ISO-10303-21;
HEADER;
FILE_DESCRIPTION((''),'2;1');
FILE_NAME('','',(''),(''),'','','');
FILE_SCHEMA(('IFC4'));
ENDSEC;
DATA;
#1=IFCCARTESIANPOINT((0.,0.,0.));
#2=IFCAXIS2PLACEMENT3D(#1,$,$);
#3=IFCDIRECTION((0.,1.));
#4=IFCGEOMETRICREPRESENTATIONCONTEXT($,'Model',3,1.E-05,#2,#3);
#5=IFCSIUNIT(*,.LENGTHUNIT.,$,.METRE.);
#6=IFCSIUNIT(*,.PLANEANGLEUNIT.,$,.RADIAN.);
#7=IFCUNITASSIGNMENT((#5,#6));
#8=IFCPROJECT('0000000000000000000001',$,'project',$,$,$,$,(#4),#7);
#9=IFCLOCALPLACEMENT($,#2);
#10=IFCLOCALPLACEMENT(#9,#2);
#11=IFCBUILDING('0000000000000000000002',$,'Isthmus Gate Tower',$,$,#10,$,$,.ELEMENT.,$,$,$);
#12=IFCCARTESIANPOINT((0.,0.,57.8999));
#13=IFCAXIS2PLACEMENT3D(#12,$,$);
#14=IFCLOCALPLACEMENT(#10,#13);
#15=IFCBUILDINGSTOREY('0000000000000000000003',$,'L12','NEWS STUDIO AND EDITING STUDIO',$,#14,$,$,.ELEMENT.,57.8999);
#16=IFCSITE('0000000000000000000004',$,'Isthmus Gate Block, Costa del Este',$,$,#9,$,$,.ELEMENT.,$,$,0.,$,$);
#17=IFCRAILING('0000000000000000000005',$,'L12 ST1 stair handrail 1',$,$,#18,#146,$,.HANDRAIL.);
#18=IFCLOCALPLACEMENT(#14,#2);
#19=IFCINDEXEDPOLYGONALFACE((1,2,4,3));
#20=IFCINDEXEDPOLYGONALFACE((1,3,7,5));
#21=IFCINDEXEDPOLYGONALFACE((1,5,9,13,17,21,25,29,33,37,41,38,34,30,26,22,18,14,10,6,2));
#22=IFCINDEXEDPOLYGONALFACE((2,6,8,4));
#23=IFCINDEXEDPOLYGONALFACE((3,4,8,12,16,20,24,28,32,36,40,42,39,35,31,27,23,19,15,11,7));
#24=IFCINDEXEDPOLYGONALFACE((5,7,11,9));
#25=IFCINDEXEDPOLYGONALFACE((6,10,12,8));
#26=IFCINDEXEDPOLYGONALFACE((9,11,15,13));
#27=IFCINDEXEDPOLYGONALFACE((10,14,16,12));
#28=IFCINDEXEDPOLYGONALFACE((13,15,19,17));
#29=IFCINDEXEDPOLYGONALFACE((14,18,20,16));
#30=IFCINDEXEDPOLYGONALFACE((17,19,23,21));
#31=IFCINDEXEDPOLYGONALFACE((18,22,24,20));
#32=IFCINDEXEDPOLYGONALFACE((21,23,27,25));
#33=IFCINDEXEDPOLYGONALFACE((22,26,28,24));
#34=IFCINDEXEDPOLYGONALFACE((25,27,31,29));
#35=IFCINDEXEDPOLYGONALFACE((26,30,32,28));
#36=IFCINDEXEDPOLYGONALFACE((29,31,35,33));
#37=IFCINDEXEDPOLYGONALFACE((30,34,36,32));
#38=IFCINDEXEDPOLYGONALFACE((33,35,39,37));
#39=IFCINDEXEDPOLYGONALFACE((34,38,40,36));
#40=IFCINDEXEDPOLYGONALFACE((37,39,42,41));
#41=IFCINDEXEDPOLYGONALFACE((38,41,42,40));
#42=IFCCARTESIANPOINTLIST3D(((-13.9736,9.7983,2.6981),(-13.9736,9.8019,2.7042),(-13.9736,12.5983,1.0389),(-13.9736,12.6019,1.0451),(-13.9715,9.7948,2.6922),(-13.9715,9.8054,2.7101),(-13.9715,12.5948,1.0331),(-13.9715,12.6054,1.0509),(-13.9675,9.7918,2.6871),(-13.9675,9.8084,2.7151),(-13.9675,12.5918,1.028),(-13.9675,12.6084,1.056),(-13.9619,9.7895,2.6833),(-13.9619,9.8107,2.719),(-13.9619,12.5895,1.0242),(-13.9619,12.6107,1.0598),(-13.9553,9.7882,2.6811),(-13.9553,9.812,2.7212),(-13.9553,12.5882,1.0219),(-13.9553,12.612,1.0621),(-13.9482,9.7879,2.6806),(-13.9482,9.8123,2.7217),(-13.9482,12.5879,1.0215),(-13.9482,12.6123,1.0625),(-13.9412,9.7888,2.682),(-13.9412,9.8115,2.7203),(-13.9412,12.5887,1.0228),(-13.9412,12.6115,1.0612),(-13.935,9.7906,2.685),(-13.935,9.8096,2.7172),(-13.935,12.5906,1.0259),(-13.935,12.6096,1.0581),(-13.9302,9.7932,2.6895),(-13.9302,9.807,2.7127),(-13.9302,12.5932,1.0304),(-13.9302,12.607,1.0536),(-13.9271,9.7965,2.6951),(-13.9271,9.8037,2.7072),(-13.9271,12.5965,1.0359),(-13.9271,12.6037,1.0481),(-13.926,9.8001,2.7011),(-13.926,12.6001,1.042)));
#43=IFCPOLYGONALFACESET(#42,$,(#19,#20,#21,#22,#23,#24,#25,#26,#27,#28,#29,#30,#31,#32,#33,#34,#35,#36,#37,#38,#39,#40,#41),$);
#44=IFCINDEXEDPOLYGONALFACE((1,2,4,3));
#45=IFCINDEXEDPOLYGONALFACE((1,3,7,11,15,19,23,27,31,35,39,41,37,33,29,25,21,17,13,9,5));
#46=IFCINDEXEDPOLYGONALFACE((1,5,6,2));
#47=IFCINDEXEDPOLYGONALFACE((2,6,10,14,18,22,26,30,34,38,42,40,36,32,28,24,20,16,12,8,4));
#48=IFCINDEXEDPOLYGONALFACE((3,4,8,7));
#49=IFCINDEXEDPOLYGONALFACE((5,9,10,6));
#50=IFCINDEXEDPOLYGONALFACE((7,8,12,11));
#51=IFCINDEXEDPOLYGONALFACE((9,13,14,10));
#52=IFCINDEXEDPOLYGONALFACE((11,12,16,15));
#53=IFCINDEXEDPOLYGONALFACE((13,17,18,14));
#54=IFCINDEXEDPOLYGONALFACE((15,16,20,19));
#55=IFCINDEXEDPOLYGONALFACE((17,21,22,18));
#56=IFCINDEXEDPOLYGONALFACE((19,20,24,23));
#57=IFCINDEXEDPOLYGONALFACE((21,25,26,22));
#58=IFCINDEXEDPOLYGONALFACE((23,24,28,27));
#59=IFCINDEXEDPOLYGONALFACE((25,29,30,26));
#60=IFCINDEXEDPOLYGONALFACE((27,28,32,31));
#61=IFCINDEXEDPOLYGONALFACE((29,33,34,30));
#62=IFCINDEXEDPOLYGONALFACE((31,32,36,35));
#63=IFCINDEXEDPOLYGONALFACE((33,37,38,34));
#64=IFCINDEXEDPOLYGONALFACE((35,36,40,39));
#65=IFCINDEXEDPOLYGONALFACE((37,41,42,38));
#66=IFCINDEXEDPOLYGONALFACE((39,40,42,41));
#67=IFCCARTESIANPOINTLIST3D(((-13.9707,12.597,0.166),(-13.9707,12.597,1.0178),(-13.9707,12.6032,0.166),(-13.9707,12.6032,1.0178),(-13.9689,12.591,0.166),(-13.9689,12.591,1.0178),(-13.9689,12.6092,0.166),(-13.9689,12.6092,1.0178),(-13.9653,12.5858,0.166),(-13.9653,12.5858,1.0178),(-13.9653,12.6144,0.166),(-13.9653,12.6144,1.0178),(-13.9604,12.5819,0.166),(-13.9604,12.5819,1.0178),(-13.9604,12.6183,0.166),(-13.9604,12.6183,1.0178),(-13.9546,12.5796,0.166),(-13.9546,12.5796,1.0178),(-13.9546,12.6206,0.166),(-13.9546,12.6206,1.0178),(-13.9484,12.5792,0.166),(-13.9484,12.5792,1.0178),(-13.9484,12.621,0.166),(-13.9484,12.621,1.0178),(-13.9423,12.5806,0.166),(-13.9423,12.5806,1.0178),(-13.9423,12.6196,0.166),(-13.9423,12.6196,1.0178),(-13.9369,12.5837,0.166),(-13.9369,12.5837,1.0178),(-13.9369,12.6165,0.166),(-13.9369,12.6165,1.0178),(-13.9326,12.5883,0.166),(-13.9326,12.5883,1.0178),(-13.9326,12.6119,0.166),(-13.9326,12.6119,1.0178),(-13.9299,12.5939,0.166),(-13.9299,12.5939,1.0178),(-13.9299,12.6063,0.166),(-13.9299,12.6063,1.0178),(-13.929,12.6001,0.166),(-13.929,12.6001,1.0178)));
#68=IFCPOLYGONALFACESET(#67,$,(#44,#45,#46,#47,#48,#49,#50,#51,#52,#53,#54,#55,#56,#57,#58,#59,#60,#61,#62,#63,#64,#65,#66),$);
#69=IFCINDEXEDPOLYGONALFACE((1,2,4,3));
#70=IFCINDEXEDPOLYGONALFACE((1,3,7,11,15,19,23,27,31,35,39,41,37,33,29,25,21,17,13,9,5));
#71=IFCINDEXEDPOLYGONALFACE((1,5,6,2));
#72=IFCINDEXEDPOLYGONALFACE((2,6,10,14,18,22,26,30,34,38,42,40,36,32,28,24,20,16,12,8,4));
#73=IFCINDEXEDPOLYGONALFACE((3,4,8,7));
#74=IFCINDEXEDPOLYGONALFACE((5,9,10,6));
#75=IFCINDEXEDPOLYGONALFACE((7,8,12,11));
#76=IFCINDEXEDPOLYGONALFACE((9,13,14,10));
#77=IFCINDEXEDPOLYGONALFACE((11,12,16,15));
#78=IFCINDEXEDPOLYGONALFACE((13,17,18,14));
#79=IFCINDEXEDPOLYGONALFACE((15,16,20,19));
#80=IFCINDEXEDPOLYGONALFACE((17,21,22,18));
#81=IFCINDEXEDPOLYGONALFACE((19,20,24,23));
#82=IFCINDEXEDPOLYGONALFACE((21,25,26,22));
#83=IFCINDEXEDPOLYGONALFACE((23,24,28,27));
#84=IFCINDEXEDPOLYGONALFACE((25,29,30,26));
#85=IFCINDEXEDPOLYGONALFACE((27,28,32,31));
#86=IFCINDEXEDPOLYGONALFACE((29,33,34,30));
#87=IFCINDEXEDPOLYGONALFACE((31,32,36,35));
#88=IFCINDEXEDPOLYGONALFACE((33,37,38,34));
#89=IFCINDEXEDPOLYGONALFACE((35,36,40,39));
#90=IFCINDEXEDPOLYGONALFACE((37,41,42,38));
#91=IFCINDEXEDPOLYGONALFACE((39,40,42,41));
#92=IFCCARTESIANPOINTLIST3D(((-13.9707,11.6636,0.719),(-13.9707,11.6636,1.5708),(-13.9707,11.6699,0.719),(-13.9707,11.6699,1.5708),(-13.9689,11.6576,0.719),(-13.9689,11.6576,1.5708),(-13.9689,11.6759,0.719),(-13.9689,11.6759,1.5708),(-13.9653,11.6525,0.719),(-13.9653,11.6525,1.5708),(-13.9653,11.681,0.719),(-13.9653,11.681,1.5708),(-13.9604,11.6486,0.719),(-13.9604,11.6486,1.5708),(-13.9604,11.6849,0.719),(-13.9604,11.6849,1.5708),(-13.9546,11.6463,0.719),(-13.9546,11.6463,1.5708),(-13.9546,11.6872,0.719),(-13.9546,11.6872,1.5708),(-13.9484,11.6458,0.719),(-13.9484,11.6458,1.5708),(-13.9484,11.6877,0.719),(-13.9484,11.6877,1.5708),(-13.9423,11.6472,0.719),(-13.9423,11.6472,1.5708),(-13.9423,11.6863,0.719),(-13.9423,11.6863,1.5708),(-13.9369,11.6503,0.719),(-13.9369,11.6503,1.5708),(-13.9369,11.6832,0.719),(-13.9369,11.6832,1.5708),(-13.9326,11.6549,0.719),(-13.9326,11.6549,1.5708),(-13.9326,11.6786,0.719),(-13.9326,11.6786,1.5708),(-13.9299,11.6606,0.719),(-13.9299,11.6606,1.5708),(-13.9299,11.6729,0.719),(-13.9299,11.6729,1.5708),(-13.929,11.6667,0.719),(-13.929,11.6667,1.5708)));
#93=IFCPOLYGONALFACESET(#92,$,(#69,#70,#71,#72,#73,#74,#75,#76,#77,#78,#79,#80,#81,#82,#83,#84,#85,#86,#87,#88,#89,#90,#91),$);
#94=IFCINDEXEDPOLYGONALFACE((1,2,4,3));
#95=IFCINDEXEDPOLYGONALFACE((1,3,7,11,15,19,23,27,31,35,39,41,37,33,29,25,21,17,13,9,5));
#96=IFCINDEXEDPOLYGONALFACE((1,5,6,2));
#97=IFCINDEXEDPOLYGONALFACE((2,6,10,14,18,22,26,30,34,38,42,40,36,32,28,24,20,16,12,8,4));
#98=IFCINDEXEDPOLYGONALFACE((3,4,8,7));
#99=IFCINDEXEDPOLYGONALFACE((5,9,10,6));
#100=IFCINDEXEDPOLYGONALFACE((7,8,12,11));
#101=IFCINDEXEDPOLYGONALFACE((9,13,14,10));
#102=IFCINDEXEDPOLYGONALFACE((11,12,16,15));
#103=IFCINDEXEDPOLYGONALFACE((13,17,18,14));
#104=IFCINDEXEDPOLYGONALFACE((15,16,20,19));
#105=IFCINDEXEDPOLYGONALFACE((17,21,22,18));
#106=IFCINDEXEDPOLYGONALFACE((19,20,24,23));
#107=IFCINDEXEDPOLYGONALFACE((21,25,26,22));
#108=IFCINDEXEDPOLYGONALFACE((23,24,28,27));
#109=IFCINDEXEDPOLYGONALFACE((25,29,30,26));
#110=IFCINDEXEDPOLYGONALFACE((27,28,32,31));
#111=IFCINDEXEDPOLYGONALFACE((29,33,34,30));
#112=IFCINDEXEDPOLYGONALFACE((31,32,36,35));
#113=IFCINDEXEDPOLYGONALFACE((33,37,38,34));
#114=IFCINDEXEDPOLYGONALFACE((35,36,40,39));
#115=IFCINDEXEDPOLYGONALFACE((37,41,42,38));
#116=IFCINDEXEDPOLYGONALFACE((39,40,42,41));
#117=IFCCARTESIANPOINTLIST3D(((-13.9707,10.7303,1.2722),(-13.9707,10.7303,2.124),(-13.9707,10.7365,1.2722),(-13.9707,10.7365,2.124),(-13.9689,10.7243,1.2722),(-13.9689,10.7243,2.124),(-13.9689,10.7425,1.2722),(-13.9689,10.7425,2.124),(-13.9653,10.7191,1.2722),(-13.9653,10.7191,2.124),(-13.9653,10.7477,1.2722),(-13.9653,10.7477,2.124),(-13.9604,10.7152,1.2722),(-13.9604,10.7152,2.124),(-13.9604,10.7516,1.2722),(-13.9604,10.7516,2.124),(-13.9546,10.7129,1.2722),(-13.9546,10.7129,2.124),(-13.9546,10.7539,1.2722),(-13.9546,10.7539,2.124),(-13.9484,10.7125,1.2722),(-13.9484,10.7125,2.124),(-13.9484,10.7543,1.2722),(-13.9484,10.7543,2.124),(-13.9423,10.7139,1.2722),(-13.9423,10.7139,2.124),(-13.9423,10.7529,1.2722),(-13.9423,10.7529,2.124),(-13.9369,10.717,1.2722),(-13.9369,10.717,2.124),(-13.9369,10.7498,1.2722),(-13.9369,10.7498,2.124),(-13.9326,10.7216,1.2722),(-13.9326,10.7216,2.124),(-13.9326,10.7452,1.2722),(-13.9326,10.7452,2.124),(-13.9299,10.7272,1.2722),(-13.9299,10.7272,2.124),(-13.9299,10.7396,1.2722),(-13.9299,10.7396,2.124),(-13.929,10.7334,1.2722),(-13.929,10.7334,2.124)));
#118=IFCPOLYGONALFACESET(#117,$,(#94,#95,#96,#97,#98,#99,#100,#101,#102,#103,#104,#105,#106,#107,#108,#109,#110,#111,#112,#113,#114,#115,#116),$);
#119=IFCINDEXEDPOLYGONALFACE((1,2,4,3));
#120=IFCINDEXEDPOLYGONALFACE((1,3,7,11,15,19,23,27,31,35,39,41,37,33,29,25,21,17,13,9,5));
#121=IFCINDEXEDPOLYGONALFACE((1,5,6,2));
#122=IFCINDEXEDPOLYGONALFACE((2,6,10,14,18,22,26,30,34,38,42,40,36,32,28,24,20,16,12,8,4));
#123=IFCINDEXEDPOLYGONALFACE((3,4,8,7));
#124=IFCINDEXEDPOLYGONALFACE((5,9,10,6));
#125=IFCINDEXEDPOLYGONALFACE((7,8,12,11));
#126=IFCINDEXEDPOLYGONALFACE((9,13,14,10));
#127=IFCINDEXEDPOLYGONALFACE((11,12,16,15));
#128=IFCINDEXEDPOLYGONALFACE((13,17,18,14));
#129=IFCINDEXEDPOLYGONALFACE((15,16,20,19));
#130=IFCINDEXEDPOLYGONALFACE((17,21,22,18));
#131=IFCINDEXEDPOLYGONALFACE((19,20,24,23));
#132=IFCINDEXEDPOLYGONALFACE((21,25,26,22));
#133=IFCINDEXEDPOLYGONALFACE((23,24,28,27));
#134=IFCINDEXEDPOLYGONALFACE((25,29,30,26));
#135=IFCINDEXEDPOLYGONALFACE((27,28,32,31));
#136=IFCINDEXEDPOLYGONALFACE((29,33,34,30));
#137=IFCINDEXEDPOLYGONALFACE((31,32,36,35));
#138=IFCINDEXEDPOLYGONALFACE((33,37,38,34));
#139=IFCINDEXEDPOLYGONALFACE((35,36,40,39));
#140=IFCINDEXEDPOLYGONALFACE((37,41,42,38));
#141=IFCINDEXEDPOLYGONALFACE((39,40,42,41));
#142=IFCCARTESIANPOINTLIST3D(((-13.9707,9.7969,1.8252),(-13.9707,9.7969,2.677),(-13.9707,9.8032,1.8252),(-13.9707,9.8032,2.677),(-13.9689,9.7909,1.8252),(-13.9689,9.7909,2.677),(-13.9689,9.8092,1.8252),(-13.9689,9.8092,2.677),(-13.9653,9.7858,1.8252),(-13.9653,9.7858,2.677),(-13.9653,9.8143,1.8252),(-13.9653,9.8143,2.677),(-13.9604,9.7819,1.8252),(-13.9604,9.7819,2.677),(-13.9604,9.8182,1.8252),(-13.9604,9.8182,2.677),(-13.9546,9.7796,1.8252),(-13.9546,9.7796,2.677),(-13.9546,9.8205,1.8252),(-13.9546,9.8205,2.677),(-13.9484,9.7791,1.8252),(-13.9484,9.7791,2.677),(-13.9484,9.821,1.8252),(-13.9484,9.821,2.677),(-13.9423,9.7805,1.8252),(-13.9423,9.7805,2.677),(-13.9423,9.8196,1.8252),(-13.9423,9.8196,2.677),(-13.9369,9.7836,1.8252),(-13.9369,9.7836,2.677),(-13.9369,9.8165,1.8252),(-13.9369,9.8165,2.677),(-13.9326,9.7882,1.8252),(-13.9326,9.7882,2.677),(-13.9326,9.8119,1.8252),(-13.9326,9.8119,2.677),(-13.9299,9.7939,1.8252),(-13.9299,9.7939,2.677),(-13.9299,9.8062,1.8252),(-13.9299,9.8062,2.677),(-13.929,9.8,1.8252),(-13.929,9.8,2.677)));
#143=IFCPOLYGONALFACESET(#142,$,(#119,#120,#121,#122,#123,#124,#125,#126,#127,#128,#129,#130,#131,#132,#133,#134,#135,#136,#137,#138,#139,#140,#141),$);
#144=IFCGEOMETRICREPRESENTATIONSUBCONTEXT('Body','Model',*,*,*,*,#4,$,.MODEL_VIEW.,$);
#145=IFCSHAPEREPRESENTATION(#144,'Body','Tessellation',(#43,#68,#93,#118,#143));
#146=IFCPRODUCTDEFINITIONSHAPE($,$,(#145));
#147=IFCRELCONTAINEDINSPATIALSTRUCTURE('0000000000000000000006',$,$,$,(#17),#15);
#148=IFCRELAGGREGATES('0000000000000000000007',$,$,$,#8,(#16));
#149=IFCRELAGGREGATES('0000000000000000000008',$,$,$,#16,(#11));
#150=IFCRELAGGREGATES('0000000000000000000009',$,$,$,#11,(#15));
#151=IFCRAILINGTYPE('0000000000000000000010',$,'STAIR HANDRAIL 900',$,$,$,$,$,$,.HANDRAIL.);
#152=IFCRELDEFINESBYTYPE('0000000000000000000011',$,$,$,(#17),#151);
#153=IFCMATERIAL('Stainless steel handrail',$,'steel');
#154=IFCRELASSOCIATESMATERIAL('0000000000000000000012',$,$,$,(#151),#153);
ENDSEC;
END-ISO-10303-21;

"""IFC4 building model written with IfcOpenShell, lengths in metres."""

from ifc_helpers import new_model, si_unit, direction, frame, origin, origin_2d, place, context, subcontext, project, spatial, circle, extrude, material, type_object, element, save


model = new_model("IFC4")

# Units and contexts
model_context = context("Model", 3, precision=1e-05, world=origin(), true_north=direction((0.0, 1.0)))
body_context = subcontext(model_context, "Body", "Model", "MODEL_VIEW")
ifc_project = project(units=[si_unit("LENGTHUNIT", "METRE"), si_unit("PLANEANGLEUNIT", "RADIAN")], contexts=[model_context])

# Site, building, storey
site_placement = place(None, origin())
site = spatial("IfcSite", under=ifc_project, at=site_placement, Name="Isthmus Gate Block, Costa del Este", CompositionType="ELEMENT", RefElevation=0.0)
building_placement = place(site_placement, origin())
building = spatial("IfcBuilding", under=site, at=building_placement, Name="Isthmus Gate Tower", CompositionType="ELEMENT")
storey_placement = place(building_placement, frame((0.0, 0.0, 57.8999)))
storey = spatial("IfcBuildingStorey", under=building, at=storey_placement, Name="L12", Description="NEWS STUDIO AND EDITING STUDIO", CompositionType="ELEMENT", Elevation=57.8999)

# Railing
ifc_material_1 = material(Name="Stainless steel handrail", Category="steel")
railing_type_1 = type_object("IfcRailingType", Name="STAIR HANDRAIL 900", PredefinedType="HANDRAIL", material=ifc_material_1)
railing_1_placement = place(storey_placement, frame((-13.95, 12.6001, 0.166)))
element("IfcRailing", 1, at=railing_1_placement, inside=storey, type_object=railing_type_1, Name="L12 ST1 stair handrail 1", PredefinedType="HANDRAIL", context=body_context, shape_type="SweptSolid", body=[
    extrude(circle(Radius=0.0239, at=origin_2d()), frame((0.0, 0.0, 0.876), z_axis=(0.0, -0.860306, 0.509778), x_axis=(1.0, 0.0, 0.0)), (0.0, 0.0, 1.0), 3.2546),
    extrude(circle(Radius=0.021, at=origin_2d()), origin(), (0.0, 0.0, 1.0), 0.8518),
    extrude(circle(Radius=0.021, at=origin_2d()), frame((0.0, -0.9333, 0.553)), (0.0, 0.0, 1.0), 0.8518),
    extrude(circle(Radius=0.021, at=origin_2d()), frame((0.0, -1.8667, 1.1062)), (0.0, 0.0, 1.0), 0.8518),
    extrude(circle(Radius=0.021, at=origin_2d()), frame((0.0, -2.8, 1.6592)), (0.0, 0.0, 1.0), 0.8518),
])

save(model, "model.ifc")
